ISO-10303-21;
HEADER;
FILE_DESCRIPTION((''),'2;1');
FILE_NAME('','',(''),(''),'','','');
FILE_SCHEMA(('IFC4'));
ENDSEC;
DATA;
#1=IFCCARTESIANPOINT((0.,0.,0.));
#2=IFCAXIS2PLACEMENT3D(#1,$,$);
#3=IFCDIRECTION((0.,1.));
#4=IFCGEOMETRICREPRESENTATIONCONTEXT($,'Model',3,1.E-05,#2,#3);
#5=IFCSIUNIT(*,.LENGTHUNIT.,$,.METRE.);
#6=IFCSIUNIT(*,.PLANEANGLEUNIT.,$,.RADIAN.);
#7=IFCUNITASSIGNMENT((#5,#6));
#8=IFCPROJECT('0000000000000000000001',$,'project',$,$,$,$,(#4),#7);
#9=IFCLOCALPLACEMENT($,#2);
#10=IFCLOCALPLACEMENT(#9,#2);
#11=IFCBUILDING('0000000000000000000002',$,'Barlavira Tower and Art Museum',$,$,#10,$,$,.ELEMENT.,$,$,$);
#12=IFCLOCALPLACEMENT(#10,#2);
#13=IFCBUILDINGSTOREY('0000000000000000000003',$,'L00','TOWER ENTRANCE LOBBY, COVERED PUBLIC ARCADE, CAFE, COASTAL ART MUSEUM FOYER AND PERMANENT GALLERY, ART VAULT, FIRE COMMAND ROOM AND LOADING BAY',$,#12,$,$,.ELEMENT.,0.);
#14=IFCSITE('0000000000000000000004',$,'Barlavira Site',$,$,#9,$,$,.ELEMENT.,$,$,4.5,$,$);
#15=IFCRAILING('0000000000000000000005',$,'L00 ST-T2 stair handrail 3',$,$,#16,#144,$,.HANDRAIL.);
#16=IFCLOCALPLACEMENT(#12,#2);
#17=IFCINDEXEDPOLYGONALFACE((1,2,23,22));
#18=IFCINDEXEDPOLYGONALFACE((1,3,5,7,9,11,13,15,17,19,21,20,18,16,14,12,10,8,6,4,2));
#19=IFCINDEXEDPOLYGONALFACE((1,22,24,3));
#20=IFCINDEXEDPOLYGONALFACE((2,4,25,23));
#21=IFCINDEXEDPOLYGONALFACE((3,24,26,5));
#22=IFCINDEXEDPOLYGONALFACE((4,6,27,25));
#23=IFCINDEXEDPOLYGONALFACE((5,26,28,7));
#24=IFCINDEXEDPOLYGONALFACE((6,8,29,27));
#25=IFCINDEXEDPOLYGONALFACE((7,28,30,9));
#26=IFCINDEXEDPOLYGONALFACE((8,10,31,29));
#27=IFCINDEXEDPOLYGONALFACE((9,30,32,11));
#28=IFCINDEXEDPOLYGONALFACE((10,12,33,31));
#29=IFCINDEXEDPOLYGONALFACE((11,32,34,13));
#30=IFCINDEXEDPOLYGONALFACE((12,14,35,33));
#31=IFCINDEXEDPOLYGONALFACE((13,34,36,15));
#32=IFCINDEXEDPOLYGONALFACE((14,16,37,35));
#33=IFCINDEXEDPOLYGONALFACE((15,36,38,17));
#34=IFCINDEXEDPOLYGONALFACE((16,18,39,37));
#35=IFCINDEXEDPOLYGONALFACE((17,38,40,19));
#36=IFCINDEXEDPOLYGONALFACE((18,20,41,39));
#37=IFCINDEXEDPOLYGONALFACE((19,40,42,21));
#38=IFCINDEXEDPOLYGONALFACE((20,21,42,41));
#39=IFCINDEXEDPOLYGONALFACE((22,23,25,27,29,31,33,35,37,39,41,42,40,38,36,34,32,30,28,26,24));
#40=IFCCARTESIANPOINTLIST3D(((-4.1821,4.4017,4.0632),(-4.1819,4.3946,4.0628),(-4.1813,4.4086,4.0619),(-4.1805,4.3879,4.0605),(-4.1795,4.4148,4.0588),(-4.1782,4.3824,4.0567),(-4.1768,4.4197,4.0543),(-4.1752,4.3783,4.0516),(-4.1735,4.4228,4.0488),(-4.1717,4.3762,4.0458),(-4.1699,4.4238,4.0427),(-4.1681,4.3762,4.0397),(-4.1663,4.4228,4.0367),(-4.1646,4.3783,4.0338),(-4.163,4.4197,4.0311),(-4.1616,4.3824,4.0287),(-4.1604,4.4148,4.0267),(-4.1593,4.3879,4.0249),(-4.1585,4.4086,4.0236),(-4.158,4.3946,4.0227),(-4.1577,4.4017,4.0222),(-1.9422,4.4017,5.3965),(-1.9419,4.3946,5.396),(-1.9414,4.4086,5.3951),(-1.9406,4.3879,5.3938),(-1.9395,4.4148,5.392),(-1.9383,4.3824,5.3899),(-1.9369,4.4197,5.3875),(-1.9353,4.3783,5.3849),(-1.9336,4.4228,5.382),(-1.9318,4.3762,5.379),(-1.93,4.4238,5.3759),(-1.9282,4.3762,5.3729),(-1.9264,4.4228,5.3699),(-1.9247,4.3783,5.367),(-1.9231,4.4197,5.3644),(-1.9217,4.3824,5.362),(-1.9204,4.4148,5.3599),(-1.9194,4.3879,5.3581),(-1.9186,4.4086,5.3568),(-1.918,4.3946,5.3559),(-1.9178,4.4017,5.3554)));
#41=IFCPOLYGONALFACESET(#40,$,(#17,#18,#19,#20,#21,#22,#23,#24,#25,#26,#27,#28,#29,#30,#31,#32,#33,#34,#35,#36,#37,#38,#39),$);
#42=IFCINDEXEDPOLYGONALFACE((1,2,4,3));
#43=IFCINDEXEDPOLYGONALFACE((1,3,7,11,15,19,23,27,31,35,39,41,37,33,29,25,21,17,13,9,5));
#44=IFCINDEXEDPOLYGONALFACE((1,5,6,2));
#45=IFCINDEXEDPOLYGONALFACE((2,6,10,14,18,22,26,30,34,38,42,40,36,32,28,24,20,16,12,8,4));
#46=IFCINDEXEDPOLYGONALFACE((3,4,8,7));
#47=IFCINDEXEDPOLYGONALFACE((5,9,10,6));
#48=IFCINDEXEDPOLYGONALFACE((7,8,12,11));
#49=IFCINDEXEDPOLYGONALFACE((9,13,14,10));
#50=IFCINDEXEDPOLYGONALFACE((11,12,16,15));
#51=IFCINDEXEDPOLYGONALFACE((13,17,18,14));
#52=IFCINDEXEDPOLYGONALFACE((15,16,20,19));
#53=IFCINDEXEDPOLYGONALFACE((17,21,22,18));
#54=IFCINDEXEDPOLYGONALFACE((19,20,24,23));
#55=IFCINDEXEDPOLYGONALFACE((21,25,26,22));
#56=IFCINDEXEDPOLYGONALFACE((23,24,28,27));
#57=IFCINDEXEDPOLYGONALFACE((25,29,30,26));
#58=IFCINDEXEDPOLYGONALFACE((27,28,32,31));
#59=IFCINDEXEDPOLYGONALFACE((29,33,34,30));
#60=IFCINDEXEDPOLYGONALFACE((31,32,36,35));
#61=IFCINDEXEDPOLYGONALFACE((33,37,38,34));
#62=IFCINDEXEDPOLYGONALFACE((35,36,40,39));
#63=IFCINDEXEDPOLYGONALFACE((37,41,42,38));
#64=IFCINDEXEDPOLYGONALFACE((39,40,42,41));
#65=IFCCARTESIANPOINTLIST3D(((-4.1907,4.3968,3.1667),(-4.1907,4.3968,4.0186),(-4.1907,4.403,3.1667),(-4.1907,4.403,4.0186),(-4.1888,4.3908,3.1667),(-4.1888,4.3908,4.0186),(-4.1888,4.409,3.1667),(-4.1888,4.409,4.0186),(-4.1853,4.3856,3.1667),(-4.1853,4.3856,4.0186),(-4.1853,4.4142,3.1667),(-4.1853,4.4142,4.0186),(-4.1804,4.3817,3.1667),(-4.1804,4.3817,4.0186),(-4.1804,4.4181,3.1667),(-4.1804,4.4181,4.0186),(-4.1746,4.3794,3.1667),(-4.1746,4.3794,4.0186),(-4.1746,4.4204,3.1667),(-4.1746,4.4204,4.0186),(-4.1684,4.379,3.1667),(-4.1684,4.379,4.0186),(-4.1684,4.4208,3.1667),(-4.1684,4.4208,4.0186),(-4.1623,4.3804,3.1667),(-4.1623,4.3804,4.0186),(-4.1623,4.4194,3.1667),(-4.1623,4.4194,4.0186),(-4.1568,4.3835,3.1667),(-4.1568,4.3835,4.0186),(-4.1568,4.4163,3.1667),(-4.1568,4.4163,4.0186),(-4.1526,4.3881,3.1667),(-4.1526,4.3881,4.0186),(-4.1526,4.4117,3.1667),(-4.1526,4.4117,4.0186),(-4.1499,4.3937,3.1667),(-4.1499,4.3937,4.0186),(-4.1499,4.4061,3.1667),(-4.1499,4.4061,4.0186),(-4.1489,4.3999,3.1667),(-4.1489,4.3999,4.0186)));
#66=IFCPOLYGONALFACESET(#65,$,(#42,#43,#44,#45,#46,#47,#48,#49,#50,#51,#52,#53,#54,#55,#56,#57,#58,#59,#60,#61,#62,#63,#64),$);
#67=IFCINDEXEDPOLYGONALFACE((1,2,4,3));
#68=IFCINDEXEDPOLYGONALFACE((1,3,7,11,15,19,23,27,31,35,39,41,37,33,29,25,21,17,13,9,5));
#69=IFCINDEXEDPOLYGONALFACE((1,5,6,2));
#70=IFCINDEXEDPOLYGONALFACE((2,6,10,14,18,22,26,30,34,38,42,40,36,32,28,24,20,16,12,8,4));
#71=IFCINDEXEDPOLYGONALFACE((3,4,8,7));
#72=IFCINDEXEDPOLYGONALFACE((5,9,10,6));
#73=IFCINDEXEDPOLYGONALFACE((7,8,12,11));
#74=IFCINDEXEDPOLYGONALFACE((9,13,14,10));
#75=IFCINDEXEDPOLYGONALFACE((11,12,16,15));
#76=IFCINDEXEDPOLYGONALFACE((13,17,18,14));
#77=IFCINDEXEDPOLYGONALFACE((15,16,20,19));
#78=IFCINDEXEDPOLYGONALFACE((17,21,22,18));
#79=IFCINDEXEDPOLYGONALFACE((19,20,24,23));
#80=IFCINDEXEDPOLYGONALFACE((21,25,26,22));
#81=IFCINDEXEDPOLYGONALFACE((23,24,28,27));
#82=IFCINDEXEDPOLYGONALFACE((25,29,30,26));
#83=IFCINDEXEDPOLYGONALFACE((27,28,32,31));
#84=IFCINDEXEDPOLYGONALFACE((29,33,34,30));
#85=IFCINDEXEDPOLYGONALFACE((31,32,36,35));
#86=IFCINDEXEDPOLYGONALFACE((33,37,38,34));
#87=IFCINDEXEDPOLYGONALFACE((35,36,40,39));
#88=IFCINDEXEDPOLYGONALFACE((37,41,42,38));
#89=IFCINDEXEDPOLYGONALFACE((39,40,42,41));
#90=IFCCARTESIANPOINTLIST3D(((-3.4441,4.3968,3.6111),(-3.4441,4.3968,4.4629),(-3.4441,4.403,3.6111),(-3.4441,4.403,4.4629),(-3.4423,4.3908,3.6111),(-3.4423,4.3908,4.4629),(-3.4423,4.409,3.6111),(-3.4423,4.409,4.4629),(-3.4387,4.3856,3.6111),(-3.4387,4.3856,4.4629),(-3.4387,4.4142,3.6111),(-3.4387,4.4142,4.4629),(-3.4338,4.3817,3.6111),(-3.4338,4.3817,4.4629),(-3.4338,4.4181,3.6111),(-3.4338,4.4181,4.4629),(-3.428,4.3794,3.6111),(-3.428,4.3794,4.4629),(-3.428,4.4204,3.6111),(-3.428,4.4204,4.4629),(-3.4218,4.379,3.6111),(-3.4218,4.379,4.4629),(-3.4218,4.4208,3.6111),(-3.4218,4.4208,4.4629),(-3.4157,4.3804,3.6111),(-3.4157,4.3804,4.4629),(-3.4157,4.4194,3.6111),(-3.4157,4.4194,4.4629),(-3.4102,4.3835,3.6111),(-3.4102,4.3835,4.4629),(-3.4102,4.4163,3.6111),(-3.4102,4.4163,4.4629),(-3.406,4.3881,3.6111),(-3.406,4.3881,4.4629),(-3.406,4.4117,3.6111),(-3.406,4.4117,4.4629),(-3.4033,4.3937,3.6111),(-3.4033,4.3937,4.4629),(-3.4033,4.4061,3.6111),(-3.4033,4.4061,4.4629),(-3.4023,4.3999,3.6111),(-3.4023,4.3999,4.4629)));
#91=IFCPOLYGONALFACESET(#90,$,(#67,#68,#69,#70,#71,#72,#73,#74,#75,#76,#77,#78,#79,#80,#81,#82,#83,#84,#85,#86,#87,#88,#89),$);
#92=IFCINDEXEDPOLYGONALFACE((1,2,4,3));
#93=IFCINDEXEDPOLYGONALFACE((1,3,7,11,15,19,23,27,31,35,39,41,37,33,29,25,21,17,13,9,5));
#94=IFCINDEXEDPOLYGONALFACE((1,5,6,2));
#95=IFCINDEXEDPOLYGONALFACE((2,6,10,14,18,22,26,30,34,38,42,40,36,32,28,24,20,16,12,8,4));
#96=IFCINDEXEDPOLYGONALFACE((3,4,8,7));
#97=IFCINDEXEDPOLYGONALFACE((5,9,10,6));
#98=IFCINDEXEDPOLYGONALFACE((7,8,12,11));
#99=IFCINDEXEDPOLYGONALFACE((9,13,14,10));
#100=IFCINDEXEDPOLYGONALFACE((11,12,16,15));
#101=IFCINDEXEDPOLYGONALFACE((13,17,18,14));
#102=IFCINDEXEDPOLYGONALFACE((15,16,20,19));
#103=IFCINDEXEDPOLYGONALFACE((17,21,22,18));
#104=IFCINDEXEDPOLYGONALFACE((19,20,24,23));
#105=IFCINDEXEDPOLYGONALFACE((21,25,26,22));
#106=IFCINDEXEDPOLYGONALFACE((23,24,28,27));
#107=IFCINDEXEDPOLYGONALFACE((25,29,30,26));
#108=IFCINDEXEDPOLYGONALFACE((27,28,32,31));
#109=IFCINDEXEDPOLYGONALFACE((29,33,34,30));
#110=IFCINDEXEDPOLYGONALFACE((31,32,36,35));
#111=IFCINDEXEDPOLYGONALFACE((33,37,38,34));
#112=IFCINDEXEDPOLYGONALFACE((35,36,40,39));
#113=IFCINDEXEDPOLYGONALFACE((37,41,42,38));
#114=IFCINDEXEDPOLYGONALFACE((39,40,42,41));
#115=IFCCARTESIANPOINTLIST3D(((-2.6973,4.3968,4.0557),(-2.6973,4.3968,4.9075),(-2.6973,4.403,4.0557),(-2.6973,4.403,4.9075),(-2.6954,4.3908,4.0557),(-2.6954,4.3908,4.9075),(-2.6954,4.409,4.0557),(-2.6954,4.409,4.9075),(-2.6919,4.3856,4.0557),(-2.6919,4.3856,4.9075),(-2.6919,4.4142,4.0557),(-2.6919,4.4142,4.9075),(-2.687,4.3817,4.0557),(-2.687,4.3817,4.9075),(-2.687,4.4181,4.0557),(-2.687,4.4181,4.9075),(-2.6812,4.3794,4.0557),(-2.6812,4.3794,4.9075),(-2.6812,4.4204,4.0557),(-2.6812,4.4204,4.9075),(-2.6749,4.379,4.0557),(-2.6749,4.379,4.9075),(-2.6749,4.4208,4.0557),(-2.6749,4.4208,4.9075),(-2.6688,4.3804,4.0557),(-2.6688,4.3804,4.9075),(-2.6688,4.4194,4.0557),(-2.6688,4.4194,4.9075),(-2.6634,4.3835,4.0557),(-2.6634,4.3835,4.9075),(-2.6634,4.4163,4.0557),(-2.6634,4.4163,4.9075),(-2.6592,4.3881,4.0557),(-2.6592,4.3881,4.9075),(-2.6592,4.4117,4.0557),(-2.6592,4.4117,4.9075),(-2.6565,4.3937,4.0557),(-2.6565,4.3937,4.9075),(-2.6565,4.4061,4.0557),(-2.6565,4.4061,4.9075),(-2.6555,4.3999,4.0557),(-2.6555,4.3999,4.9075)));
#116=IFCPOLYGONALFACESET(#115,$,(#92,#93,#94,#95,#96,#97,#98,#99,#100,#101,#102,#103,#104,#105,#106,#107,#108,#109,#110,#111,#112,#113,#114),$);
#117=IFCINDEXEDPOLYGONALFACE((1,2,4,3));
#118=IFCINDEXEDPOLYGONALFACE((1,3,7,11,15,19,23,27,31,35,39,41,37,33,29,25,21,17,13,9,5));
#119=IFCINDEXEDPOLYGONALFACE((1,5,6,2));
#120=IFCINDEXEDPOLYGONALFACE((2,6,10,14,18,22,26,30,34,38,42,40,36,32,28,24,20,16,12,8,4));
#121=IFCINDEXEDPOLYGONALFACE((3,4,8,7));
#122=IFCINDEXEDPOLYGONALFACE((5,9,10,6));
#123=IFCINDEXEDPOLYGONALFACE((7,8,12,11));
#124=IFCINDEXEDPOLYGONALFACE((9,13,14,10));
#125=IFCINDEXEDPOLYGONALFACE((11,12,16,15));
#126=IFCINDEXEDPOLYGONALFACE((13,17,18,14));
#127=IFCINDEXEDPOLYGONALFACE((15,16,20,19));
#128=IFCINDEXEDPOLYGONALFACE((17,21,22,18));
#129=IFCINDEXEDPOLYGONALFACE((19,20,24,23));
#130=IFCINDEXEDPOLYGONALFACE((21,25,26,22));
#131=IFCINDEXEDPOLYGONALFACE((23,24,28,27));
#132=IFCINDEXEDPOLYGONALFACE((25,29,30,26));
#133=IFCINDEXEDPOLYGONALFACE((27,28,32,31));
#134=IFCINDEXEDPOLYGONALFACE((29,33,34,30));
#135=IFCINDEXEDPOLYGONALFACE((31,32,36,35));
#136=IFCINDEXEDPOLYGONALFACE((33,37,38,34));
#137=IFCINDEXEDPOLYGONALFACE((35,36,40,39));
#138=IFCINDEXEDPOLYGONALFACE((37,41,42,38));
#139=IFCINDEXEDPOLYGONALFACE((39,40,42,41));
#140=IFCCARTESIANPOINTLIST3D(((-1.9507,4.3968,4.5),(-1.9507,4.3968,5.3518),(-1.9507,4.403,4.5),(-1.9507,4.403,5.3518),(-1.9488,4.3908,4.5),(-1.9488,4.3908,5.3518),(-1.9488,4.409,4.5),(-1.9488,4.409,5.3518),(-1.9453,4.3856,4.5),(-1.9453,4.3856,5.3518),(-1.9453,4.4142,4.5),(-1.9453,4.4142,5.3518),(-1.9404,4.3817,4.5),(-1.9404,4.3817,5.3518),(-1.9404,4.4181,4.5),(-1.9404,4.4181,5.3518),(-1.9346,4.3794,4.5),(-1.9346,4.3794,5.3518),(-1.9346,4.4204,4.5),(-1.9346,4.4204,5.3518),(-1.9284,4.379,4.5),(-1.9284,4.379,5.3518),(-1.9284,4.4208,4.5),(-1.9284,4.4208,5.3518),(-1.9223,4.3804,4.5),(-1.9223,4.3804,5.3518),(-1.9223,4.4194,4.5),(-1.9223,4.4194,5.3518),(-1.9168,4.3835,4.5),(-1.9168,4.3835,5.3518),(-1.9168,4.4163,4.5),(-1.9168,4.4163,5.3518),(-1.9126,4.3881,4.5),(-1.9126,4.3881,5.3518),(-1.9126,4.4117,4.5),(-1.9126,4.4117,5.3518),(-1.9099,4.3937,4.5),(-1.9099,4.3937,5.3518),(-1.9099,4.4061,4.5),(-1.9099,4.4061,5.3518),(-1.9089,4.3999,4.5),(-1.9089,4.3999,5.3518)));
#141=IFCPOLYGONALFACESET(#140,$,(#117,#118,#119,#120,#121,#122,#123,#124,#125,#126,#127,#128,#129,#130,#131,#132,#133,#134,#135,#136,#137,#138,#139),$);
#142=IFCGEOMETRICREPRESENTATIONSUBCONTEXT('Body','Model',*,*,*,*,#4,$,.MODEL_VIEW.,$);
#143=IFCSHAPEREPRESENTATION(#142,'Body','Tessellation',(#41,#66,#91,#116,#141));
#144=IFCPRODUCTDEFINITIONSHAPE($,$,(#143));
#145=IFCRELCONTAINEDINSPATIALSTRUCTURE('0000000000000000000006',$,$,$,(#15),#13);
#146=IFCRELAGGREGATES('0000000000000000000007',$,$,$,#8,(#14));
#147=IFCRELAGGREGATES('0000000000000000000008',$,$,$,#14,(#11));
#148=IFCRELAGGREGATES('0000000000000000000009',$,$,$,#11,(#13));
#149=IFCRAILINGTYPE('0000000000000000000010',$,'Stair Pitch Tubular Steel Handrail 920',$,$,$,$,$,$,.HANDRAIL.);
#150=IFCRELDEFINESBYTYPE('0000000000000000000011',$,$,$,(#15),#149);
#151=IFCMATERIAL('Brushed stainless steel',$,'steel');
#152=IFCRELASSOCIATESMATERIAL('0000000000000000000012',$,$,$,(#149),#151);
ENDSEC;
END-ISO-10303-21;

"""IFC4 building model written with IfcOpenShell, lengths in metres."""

from ifc_helpers import new_model, si_unit, direction, frame, origin, origin_2d, place, context, subcontext, project, spatial, circle, extrude, material, type_object, element, save


model = new_model("IFC4")

# Units and contexts
model_context = context("Model", 3, precision=1e-05, world=origin(), true_north=direction((0.0, 1.0)))
body_context = subcontext(model_context, "Body", "Model", "MODEL_VIEW")
ifc_project = project(units=[si_unit("LENGTHUNIT", "METRE"), si_unit("PLANEANGLEUNIT", "RADIAN")], contexts=[model_context])

# Site, building, storey
site_placement = place(None, origin())
site = spatial("IfcSite", under=ifc_project, at=site_placement, Name="Barlavira Site", CompositionType="ELEMENT", RefElevation=4.5)
building_placement = place(site_placement, origin())
building = spatial("IfcBuilding", under=site, at=building_placement, Name="Barlavira Tower and Art Museum", CompositionType="ELEMENT")
storey_placement = place(building_placement, origin())
storey = spatial("IfcBuildingStorey", under=building, at=storey_placement, Name="L00", Description="TOWER ENTRANCE LOBBY, COVERED PUBLIC ARCADE, CAFE, COASTAL ART MUSEUM FOYER AND PERMANENT GALLERY, ART VAULT, FIRE COMMAND ROOM AND LOADING BAY", CompositionType="ELEMENT", Elevation=0.0)

# Shared definitions
ifc_material_1 = material(Name="Brushed stainless steel", Category="steel")

# Railing
railing_type_1 = type_object("IfcRailingType", Name="Stair Pitch Tubular Steel Handrail 920", PredefinedType="HANDRAIL", material=ifc_material_1)
for number, where, name in (
    (1, (-4.1699, 4.3999, 3.1667), "L00 ST-T2 stair handrail 3"),
):
    element("IfcRailing", number, at=place(storey_placement, frame(where)), inside=storey, type_object=railing_type_1, Name=name, PredefinedType="HANDRAIL", context=body_context, shape_type="SweptSolid", body=[
        extrude(circle(Radius=0.0239, at=origin_2d()), frame((0.0, 0.0, 0.876), z_axis=(0.859306, 0.0, 0.511462), x_axis=(0.0, 1.0, 0.0)), (0.0, 0.0, 1.0), 2.6067),
        extrude(circle(Radius=0.021, at=origin_2d()), origin(), (0.0, 0.0, 1.0), 0.8518),
        extrude(circle(Radius=0.021, at=origin_2d()), frame((0.7466, 0.0, 0.4443)), (0.0, 0.0, 1.0), 0.8518),
        extrude(circle(Radius=0.021, at=origin_2d()), frame((1.4934, 0.0, 0.8889)), (0.0, 0.0, 1.0), 0.8518),
        extrude(circle(Radius=0.021, at=origin_2d()), frame((2.24, 0.0, 1.3333)), (0.0, 0.0, 1.0), 0.8518),
    ])

save(model, "model.ifc")
